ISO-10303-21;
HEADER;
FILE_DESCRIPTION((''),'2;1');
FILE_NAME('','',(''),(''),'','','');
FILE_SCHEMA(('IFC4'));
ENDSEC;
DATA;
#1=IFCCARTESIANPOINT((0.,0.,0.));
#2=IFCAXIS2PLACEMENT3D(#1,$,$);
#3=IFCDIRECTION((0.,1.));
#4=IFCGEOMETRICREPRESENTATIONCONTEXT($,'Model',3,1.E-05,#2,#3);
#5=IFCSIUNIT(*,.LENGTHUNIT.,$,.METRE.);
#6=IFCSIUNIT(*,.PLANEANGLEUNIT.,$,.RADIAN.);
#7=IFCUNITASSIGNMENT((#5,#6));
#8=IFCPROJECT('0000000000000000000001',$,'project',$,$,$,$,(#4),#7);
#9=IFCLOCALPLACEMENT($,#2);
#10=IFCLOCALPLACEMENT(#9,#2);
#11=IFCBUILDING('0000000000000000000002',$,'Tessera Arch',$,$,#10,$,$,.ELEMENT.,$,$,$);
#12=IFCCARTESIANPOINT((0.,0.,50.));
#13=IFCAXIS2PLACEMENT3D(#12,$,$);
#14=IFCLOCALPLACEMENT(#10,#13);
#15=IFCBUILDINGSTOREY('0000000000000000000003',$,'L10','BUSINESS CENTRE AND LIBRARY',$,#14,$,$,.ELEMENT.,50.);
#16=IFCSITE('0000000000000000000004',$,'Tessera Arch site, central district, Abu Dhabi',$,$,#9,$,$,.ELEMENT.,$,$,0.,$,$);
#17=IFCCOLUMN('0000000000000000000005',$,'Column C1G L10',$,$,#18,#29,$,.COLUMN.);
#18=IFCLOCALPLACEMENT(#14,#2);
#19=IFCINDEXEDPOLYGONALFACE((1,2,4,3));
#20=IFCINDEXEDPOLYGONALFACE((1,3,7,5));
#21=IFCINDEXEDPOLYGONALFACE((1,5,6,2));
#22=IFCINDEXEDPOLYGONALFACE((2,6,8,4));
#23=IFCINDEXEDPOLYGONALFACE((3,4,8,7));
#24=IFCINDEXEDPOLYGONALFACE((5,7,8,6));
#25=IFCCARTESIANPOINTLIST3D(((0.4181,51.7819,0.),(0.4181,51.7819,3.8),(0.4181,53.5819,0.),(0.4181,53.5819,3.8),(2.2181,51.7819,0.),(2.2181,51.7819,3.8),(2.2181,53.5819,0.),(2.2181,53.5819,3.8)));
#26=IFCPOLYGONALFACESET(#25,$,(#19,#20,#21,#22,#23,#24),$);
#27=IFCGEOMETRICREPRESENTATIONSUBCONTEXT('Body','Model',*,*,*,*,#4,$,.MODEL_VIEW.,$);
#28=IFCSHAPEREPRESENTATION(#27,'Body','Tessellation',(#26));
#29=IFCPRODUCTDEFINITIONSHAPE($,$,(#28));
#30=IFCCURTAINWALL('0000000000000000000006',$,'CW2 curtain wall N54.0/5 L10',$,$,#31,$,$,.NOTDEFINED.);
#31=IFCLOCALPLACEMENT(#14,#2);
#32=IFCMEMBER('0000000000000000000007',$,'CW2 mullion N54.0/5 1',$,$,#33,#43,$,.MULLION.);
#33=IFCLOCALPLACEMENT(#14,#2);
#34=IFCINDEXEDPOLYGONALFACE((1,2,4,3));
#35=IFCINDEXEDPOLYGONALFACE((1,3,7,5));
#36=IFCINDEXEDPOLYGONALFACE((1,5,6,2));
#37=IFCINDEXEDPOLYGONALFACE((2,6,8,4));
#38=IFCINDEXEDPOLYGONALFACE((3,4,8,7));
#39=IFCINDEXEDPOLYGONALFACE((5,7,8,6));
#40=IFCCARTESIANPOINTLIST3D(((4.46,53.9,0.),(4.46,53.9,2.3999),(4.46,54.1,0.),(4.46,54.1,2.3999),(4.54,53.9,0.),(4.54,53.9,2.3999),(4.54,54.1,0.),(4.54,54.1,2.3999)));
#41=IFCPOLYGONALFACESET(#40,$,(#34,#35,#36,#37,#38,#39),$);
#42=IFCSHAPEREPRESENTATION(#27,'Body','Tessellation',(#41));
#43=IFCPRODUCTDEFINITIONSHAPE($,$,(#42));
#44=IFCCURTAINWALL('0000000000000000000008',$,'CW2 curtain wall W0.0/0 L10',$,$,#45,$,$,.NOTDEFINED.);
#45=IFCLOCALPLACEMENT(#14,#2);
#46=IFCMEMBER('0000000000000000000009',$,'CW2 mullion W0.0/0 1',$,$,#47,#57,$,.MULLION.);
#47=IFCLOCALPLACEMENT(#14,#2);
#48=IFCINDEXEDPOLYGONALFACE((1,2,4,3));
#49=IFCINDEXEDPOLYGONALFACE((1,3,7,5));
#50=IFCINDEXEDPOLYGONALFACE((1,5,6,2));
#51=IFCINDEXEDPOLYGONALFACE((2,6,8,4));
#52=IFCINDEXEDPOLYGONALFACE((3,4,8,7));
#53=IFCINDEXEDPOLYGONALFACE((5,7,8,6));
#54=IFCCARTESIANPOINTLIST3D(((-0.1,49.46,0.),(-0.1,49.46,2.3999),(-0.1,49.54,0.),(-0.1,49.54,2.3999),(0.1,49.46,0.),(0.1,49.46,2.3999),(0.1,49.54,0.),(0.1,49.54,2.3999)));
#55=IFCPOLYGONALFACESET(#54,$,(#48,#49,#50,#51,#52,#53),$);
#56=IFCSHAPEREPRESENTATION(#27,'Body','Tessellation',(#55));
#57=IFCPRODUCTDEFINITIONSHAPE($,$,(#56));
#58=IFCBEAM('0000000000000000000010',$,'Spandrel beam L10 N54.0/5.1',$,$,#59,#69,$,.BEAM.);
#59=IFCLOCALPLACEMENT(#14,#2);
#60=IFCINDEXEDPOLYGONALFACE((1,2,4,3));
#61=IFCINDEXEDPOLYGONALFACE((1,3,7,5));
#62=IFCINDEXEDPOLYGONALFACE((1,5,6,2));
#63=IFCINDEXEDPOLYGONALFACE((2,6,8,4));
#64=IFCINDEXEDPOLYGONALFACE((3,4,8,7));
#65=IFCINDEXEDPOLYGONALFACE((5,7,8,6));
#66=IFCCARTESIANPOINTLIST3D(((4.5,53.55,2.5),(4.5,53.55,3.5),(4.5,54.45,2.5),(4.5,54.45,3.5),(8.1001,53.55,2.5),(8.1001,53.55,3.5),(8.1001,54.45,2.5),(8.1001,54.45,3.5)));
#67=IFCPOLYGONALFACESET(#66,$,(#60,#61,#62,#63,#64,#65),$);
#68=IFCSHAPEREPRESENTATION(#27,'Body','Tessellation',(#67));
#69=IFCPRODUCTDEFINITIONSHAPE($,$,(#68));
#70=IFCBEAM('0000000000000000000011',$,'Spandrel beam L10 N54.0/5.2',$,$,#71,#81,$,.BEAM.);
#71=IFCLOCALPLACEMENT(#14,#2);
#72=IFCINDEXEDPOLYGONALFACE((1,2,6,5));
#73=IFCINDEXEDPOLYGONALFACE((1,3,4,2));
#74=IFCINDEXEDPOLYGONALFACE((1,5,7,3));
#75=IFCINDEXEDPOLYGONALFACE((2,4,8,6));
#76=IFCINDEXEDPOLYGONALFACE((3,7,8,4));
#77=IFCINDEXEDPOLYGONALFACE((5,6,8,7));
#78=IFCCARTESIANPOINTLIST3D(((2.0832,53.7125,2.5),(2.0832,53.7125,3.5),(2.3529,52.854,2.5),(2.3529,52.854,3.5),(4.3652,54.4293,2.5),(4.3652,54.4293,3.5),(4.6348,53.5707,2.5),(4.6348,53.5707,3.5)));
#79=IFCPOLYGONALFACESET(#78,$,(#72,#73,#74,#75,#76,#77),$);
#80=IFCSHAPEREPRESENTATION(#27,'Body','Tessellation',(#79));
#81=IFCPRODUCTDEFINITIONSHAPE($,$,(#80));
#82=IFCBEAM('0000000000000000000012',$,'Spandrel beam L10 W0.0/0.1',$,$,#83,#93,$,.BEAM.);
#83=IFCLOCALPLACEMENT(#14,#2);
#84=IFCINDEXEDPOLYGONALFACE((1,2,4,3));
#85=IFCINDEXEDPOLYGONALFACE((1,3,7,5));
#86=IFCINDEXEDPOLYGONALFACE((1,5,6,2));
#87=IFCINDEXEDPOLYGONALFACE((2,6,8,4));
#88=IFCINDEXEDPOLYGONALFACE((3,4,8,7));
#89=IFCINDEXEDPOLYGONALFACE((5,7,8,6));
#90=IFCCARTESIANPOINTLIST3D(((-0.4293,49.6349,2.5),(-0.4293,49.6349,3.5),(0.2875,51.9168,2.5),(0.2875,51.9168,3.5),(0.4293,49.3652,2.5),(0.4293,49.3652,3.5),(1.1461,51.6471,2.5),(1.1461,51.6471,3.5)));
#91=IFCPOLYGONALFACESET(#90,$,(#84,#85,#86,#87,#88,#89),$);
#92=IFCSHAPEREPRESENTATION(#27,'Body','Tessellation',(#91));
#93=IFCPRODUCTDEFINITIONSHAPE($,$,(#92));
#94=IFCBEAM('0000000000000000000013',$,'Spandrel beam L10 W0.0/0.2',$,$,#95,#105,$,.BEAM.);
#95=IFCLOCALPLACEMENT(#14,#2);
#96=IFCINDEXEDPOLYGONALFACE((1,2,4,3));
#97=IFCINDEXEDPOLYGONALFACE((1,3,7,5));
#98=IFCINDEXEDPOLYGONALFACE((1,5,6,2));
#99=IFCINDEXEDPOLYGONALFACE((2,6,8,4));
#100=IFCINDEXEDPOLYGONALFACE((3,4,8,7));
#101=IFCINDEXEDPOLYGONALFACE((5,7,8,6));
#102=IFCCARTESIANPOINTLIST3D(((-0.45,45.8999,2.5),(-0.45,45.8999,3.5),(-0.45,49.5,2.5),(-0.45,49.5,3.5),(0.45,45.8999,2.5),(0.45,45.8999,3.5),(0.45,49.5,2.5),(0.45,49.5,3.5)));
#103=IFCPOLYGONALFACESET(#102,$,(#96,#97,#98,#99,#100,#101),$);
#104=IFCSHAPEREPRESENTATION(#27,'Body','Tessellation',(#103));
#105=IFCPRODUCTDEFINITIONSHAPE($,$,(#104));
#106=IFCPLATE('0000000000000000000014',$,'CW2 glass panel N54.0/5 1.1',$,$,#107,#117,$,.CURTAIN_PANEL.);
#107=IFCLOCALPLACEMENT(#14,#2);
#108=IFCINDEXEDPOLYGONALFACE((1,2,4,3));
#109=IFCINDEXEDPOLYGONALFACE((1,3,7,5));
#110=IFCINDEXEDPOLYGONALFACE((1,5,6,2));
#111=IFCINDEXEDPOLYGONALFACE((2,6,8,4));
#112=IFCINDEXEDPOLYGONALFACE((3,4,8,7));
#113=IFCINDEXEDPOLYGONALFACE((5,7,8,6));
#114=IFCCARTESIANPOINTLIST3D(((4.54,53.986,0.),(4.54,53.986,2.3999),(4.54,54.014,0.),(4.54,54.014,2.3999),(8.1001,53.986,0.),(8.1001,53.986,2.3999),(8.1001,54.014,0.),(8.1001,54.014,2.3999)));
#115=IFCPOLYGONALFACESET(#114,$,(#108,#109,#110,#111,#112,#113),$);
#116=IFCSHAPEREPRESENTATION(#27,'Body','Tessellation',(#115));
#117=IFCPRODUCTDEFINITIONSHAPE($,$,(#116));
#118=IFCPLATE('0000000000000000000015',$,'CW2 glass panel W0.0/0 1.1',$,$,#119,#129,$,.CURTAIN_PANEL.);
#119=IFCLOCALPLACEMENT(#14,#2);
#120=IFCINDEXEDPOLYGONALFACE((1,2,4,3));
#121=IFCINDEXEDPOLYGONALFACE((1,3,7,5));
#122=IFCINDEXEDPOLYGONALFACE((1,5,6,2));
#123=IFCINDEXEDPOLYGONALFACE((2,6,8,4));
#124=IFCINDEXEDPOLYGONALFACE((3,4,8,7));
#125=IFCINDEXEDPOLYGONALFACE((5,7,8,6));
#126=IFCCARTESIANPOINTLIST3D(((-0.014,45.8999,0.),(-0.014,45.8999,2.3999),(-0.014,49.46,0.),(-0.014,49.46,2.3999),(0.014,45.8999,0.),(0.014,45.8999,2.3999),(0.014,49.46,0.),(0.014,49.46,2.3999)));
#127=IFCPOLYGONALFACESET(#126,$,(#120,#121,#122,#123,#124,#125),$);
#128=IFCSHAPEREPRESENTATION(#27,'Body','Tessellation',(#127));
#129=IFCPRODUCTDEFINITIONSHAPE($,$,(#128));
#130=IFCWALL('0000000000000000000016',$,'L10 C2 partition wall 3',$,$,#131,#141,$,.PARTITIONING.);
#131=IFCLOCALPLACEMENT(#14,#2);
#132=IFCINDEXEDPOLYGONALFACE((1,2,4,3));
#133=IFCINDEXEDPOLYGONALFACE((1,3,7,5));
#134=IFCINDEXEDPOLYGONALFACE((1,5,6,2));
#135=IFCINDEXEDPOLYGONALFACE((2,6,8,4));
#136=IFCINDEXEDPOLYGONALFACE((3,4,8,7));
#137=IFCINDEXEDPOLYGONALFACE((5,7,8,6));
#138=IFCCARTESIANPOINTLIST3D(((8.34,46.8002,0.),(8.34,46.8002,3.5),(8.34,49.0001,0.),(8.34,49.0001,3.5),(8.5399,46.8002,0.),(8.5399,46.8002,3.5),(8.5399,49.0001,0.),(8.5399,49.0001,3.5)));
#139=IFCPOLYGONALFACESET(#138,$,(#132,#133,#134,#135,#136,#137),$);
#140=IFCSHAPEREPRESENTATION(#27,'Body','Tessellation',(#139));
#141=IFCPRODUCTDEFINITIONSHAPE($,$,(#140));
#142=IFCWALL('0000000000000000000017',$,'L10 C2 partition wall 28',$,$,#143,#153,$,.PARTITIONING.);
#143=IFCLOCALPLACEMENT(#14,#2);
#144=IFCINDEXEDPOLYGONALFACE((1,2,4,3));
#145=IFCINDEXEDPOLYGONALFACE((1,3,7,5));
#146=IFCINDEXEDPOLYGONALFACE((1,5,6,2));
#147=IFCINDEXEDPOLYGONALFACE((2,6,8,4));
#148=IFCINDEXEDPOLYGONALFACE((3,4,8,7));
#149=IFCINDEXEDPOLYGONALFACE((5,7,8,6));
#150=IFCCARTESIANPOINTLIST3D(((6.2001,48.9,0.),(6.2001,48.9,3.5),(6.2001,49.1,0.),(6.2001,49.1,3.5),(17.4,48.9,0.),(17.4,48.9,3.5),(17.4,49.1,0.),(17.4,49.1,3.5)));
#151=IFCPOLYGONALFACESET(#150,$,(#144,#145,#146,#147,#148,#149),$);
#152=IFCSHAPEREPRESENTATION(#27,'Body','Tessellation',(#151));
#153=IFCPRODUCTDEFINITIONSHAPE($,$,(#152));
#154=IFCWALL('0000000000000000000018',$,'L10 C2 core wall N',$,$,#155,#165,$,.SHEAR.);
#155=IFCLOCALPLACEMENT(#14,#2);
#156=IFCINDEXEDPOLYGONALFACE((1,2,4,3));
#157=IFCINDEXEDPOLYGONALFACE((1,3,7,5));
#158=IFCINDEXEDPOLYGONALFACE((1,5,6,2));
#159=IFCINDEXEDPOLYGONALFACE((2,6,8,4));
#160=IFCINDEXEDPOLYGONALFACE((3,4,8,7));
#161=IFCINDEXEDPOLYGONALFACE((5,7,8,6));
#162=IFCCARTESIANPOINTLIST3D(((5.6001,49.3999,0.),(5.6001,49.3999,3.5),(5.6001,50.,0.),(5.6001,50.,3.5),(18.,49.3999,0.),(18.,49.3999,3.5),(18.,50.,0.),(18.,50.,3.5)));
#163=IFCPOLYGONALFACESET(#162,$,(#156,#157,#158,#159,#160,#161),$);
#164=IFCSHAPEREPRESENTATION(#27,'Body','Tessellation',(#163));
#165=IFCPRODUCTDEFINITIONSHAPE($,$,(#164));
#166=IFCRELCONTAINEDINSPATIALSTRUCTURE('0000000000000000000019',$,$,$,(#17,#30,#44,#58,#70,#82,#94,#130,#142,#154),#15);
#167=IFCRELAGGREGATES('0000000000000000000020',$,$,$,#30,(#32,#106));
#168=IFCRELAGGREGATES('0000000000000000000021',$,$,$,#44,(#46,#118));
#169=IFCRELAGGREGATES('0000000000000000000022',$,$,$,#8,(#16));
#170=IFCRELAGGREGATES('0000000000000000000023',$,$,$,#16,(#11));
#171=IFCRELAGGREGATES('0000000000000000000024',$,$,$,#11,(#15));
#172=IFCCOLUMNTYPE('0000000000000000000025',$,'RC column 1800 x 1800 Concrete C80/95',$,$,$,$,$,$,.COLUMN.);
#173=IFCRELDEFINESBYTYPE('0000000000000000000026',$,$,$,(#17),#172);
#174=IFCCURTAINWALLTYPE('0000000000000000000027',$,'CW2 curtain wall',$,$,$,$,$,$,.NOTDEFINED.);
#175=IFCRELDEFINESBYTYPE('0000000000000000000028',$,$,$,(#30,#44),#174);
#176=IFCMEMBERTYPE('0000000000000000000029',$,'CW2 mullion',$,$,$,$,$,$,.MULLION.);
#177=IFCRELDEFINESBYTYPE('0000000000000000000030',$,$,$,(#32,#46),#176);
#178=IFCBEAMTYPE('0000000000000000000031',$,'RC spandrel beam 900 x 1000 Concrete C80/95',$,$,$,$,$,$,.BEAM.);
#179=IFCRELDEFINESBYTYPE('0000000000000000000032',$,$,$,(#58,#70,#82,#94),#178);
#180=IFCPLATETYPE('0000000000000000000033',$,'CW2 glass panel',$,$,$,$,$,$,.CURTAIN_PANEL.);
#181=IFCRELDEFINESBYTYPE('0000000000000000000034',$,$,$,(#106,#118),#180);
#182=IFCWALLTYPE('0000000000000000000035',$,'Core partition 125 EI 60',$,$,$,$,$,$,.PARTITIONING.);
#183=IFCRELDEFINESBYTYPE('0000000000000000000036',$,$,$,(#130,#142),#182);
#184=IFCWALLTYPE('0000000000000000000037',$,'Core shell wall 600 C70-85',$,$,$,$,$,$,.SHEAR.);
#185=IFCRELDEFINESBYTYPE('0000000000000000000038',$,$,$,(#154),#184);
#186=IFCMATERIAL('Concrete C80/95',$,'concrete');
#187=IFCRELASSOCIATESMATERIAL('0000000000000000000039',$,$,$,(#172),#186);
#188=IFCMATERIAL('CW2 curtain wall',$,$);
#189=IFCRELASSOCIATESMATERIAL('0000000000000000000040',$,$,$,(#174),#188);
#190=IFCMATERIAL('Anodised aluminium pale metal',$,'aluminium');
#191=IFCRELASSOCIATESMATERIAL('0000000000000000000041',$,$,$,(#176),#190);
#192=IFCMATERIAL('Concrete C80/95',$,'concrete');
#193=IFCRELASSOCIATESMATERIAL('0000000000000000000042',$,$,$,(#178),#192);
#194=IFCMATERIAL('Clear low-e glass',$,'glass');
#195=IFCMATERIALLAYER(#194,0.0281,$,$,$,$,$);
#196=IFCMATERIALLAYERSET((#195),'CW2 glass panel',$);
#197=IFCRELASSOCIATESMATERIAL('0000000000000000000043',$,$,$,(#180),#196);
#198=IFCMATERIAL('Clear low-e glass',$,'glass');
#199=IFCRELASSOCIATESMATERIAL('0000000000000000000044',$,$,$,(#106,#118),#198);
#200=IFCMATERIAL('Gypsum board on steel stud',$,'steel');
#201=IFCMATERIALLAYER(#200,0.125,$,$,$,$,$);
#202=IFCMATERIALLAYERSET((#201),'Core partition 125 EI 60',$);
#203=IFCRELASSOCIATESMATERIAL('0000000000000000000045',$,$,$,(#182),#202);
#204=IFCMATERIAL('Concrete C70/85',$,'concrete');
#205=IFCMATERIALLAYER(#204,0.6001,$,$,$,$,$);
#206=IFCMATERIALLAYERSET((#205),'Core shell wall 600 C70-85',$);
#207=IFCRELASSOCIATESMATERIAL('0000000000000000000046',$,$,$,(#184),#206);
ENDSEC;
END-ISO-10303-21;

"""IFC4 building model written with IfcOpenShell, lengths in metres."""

from ifc_helpers import new_model, si_unit, direction, frame, frame_2d, origin, origin_2d, place, context, subcontext, project, spatial, rectangle, extrude, material, layer, layer_set, material_profile, profile_set, type_object, element, aggregate, save


model = new_model("IFC4")

# Units and contexts
model_context = context("Model", 3, precision=1e-05, world=origin(), true_north=direction((0.0, 1.0)))
body_context = subcontext(model_context, "Body", "Model", "MODEL_VIEW")
ifc_project = project(units=[si_unit("LENGTHUNIT", "METRE"), si_unit("PLANEANGLEUNIT", "RADIAN")], contexts=[model_context])

# Site, building, storey
site_placement = place(None, origin())
site = spatial("IfcSite", under=ifc_project, at=site_placement, Name="Tessera Arch site, central district, Abu Dhabi", CompositionType="ELEMENT", RefElevation=0.0)
building_placement = place(site_placement, origin())
building = spatial("IfcBuilding", under=site, at=building_placement, Name="Tessera Arch", CompositionType="ELEMENT")
storey_placement = place(building_placement, frame((0.0, 0.0, 50.0)))
storey = spatial("IfcBuildingStorey", under=building, at=storey_placement, Name="L10", Description="BUSINESS CENTRE AND LIBRARY", CompositionType="ELEMENT", Elevation=50.0)

# Column
ifc_material_1 = material(Name="Concrete C80/95", Category="concrete")
ifc_material_profile_1 = material_profile(ifc_material_1, rectangle(XDim=1.8, YDim=1.8, at=origin_2d()), Name="RC column 1800 x 1800 Concrete C80/95")
ifc_profile_set_1 = profile_set([ifc_material_profile_1], Name="Concrete C80/95")
column_type = type_object("IfcColumnType", Name="RC column 1800 x 1800 Concrete C80/95", PredefinedType="COLUMN", material=ifc_profile_set_1)
column_placement = place(storey_placement, frame((1.3181, 52.6819, 0.0), z_axis=(0.0, 0.0, 1.0), x_axis=(1.0, 0.0, 0.0)))
element("IfcColumn", 1, at=column_placement, inside=storey, type_object=column_type, Name="Column C1G L10", PredefinedType="COLUMN", context=body_context, shape_type="SweptSolid", body=[
    extrude(rectangle(XDim=1.8, YDim=1.8, at=origin_2d()), origin(), (0.0, 0.0, 1.0), 3.8),
])

# Curtain walls, members
ifc_material_2 = material(Name="CW2 curtain wall")
curtain_wall_type = type_object("IfcCurtainWallType", Name="CW2 curtain wall", PredefinedType="NOTDEFINED", material=ifc_material_2)
curtain_wall_1_placement = place(storey_placement, origin())
curtain_wall_1 = element("IfcCurtainWall", 2, at=curtain_wall_1_placement, inside=storey, type_object=curtain_wall_type, Name="CW2 curtain wall N54.0/5 L10", PredefinedType="NOTDEFINED")
ifc_material_3 = material(Name="Anodised aluminium pale metal", Category="aluminium")
ifc_material_profile_2 = material_profile(ifc_material_3, rectangle(XDim=0.2, YDim=0.0801, at=origin_2d()), Name="AL 80x200")
ifc_profile_set_2 = profile_set([ifc_material_profile_2], Name="Anodised aluminium pale metal")
member_type = type_object("IfcMemberType", Name="CW2 mullion", PredefinedType="MULLION", material=ifc_profile_set_2)
member_1_placement = place(storey_placement, frame((4.5, 54.0, 0.0), z_axis=(0.0, 0.0, 1.0), x_axis=(0.0, -1.0, 0.0)))
member_1 = element("IfcMember", 3, at=member_1_placement, type_object=member_type, Name="CW2 mullion N54.0/5 1", PredefinedType="MULLION", context=body_context, shape_type="SweptSolid", body=[
    extrude(rectangle(XDim=0.2, YDim=0.0801, at=origin_2d()), origin(), (0.0, 0.0, 1.0), 2.3999),
])
curtain_wall_2_placement = place(storey_placement, origin())
curtain_wall_2 = element("IfcCurtainWall", 4, at=curtain_wall_2_placement, inside=storey, type_object=curtain_wall_type, Name="CW2 curtain wall W0.0/0 L10", PredefinedType="NOTDEFINED")
member_2_placement = place(storey_placement, frame((0.0, 49.5, 0.0), z_axis=(0.0, 0.0, 1.0), x_axis=(1.0, 0.0, 0.0)))
member_2 = element("IfcMember", 5, at=member_2_placement, type_object=member_type, Name="CW2 mullion W0.0/0 1", PredefinedType="MULLION", context=body_context, shape_type="SweptSolid", body=[
    extrude(rectangle(XDim=0.2, YDim=0.0801, at=origin_2d()), origin(), (0.0, 0.0, 1.0), 2.3999),
])

# Beams
ifc_material_4 = material(Name="Concrete C80/95", Category="concrete")
ifc_material_profile_3 = material_profile(ifc_material_4, rectangle(XDim=0.8999, YDim=1.0, at=origin_2d()), Name="RC spandrel beam 900 x 1000 Concrete C80/95")
ifc_profile_set_3 = profile_set([ifc_material_profile_3], Name="Concrete C80/95")
beam_type = type_object("IfcBeamType", Name="RC spandrel beam 900 x 1000 Concrete C80/95", PredefinedType="BEAM", material=ifc_profile_set_3)
beam_1_placement = place(storey_placement, frame((8.1001, 54.0, 3.0), z_axis=(-1.0, 0.0, 0.0), x_axis=(0.0, -1.0, 0.0)))
element("IfcBeam", 6, at=beam_1_placement, inside=storey, type_object=beam_type, Name="Spandrel beam L10 N54.0/5.1", PredefinedType="BEAM", context=body_context, shape_type="SweptSolid", body=[
    extrude(rectangle(XDim=0.8999, YDim=1.0, at=origin_2d()), origin(), (0.0, 0.0, 1.0), 3.6001),
])
for number, where, z_axis, x_axis, name in (
    (7, (4.5, 54.0, 3.0), (-0.954041, -0.299675, 0.0), (0.299675, -0.954041, 0.0), "Spandrel beam L10 N54.0/5.2"),
    (8, (0.7168, 51.782, 3.0), (-0.299675, -0.954041, 0.0), (0.954041, -0.299675, 0.0), "Spandrel beam L10 W0.0/0.1"),
):
    element("IfcBeam", number, at=place(storey_placement, frame(where, z_axis=z_axis, x_axis=x_axis)), inside=storey, type_object=beam_type, Name=name, PredefinedType="BEAM", context=body_context, shape_type="SweptSolid", body=[
        extrude(rectangle(XDim=0.8999, YDim=1.0, at=origin_2d()), origin(), (0.0, 0.0, 1.0), 2.3918),
    ])
beam_2_placement = place(storey_placement, frame((0.0, 49.5, 3.0), z_axis=(0.0, -1.0, 0.0), x_axis=(1.0, 0.0, 0.0)))
element("IfcBeam", 9, at=beam_2_placement, inside=storey, type_object=beam_type, Name="Spandrel beam L10 W0.0/0.2", PredefinedType="BEAM", context=body_context, shape_type="SweptSolid", body=[
    extrude(rectangle(XDim=0.8999, YDim=1.0, at=origin_2d()), origin(), (0.0, 0.0, 1.0), 3.6001),
])

# Plates
ifc_material_5 = material(Name="Clear low-e glass", Category="glass")
ifc_material_6 = material(Name="Clear low-e glass", Category="glass")
ifc_layer_1 = layer(ifc_material_6, 0.0281)
ifc_layer_set_1 = layer_set([ifc_layer_1], Name="CW2 glass panel")
plate_type = type_object("IfcPlateType", Name="CW2 glass panel", PredefinedType="CURTAIN_PANEL", material=ifc_layer_set_1)
plate_1_placement = place(storey_placement, frame((6.3201, 54.0, 0.0), z_axis=(0.0, 0.0, 1.0), x_axis=(-1.0, 0.0, 0.0)))
plate_1 = element("IfcPlate", 10, at=plate_1_placement, type_object=plate_type, material=ifc_material_5, Name="CW2 glass panel N54.0/5 1.1", PredefinedType="CURTAIN_PANEL", context=body_context, shape_type="SweptSolid", body=[
    extrude(rectangle(XDim=3.5601, YDim=0.0281, at=origin_2d()), origin(), (0.0, 0.0, 1.0), 2.3999),
])
aggregate(curtain_wall_1, [member_1, plate_1])
plate_2_placement = place(storey_placement, frame((0.0, 47.6799, 0.0), z_axis=(0.0, 0.0, 1.0), x_axis=(0.0, -1.0, 0.0)))
plate_2 = element("IfcPlate", 11, at=plate_2_placement, type_object=plate_type, material=ifc_material_5, Name="CW2 glass panel W0.0/0 1.1", PredefinedType="CURTAIN_PANEL", context=body_context, shape_type="SweptSolid", body=[
    extrude(rectangle(XDim=3.5601, YDim=0.0281, at=origin_2d()), origin(), (0.0, 0.0, 1.0), 2.3999),
])
aggregate(curtain_wall_2, [member_2, plate_2])

# Walls
ifc_material_7 = material(Name="Gypsum board on steel stud", Category="steel")
ifc_layer_2 = layer(ifc_material_7, 0.125)
ifc_layer_set_2 = layer_set([ifc_layer_2], Name="Core partition 125 EI 60")
wall_type_1 = type_object("IfcWallType", Name="Core partition 125 EI 60", PredefinedType="PARTITIONING", material=ifc_layer_set_2)
wall_1_placement = place(storey_placement, frame((8.4399, 46.8, 0.0), z_axis=(0.0, 0.0, 1.0), x_axis=(0.0, 1.0, 0.0)))
element("IfcWall", 12, at=wall_1_placement, inside=storey, type_object=wall_type_1, Name="L10 C2 partition wall 3", PredefinedType="PARTITIONING", context=body_context, shape_type="SweptSolid", body=[
    extrude(rectangle(XDim=2.2, YDim=0.2, at=frame_2d((1.1001, 0.0))), origin(), (0.0, 0.0, 1.0), 3.5),
])
wall_2_placement = place(storey_placement, frame((6.2, 49.0, 0.0), z_axis=(0.0, 0.0, 1.0), x_axis=(1.0, 0.0, 0.0)))
element("IfcWall", 13, at=wall_2_placement, inside=storey, type_object=wall_type_1, Name="L10 C2 partition wall 28", PredefinedType="PARTITIONING", context=body_context, shape_type="SweptSolid", body=[
    extrude(rectangle(XDim=11.2, YDim=0.2, at=frame_2d((5.6001, 0.0))), origin(), (0.0, 0.0, 1.0), 3.5),
])
ifc_material_8 = material(Name="Concrete C70/85", Category="concrete")
ifc_layer_3 = layer(ifc_material_8, 0.6001)
ifc_layer_set_3 = layer_set([ifc_layer_3], Name="Core shell wall 600 C70-85")
wall_type_2 = type_object("IfcWallType", Name="Core shell wall 600 C70-85", PredefinedType="SHEAR", material=ifc_layer_set_3)
wall_3_placement = place(storey_placement, frame((5.6001, 49.7, 0.0), z_axis=(0.0, 0.0, 1.0), x_axis=(1.0, 0.0, 0.0)))
element("IfcWall", 14, at=wall_3_placement, inside=storey, type_object=wall_type_2, Name="L10 C2 core wall N", PredefinedType="SHEAR", context=body_context, shape_type="SweptSolid", body=[
    extrude(rectangle(XDim=12.3999, YDim=0.6001, at=frame_2d((6.2, 0.0))), origin(), (0.0, 0.0, 1.0), 3.5),
])

save(model, "model.ifc")
